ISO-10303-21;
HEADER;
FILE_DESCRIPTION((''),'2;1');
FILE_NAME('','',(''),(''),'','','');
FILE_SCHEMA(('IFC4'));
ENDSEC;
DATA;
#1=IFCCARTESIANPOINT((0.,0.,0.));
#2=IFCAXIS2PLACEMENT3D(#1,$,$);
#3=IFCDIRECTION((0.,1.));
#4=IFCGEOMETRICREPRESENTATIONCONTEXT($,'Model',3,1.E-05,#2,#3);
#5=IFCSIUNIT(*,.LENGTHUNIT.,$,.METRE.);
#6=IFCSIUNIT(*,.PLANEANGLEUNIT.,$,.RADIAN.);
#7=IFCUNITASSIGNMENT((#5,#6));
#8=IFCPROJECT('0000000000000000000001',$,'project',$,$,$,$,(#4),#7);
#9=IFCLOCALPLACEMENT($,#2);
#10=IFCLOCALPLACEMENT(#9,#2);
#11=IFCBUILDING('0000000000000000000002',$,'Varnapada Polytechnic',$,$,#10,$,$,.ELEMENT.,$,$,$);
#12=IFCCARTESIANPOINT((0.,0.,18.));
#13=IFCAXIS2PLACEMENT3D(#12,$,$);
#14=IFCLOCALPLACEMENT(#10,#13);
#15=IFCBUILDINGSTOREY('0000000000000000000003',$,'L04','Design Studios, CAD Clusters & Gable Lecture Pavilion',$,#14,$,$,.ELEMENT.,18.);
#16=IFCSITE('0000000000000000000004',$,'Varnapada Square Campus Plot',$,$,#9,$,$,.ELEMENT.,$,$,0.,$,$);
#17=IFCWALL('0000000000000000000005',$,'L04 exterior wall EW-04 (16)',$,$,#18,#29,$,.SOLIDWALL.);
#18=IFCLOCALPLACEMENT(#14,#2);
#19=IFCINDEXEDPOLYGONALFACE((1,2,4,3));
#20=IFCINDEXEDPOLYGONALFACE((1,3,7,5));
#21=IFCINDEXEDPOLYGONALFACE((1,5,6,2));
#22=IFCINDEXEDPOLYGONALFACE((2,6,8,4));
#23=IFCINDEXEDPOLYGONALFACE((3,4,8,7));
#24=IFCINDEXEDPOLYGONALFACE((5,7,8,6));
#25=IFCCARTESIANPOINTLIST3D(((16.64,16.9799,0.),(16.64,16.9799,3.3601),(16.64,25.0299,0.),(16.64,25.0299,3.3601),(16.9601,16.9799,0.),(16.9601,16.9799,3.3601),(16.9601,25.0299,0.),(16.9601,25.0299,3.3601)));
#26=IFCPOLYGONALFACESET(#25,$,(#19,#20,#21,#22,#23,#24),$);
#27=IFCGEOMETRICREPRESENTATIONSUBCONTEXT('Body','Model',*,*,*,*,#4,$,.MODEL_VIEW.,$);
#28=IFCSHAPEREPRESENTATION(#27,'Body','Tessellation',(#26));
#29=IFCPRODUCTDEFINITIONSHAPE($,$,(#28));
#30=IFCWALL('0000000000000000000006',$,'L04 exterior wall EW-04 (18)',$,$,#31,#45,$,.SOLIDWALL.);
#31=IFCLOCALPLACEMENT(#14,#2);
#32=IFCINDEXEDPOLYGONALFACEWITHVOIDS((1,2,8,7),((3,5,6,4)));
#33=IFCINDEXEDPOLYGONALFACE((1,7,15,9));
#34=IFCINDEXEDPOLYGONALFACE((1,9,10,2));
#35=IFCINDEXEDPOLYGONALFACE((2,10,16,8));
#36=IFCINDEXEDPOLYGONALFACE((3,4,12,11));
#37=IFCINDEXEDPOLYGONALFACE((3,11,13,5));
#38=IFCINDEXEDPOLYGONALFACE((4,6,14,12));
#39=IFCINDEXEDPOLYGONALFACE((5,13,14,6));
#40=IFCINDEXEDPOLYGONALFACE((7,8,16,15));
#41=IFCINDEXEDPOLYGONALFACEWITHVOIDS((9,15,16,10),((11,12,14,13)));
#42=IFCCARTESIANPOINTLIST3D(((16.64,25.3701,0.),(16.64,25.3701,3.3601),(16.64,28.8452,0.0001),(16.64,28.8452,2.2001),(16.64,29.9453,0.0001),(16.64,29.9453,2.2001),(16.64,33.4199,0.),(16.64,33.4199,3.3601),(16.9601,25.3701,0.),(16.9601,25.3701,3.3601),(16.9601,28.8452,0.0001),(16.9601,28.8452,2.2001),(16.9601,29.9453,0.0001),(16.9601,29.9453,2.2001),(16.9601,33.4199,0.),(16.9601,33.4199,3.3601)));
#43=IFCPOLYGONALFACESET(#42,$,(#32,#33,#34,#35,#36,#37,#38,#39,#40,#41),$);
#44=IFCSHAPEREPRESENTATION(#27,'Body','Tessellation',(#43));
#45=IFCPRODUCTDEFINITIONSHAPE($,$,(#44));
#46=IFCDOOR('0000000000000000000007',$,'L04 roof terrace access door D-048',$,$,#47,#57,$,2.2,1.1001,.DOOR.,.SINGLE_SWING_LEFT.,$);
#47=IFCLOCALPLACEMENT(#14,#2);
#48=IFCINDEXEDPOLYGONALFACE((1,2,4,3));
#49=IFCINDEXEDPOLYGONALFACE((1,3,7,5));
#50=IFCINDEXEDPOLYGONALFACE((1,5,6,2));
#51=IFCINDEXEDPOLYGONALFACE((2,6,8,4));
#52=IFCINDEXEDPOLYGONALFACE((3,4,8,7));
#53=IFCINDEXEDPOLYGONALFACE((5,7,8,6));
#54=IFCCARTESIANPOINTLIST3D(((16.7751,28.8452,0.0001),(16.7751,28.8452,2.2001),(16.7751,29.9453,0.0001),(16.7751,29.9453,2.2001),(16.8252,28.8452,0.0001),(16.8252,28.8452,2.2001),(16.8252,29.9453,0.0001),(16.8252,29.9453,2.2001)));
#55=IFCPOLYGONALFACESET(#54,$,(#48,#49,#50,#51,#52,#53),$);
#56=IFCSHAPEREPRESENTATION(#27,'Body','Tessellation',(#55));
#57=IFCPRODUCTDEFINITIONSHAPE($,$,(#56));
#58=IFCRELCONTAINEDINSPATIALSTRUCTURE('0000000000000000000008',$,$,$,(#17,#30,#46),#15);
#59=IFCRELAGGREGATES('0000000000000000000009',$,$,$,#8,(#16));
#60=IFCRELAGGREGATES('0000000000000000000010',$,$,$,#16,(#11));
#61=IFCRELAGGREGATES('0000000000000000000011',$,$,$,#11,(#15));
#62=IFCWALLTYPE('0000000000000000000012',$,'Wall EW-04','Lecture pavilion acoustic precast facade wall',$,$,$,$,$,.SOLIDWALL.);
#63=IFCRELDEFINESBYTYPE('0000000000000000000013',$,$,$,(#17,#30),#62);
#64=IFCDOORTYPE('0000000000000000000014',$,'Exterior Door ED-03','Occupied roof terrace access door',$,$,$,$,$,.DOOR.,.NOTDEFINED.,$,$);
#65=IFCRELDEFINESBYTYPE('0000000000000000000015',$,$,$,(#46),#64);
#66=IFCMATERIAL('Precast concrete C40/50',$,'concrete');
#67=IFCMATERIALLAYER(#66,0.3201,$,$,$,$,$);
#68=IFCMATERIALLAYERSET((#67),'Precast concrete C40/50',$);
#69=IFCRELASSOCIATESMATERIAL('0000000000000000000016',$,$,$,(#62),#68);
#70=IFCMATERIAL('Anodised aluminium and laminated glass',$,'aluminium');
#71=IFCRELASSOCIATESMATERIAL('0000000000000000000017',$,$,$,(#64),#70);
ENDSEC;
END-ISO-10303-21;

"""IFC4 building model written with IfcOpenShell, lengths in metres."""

from ifc_helpers import new_model, si_unit, direction, frame, frame_2d, origin, place, context, subcontext, project, spatial, rectangle, extrude, material, layer, layer_set, type_object, element, fill, save


model = new_model("IFC4")

# Units and contexts
model_context = context("Model", 3, precision=1e-05, world=origin(), true_north=direction((0.0, 1.0)))
body_context = subcontext(model_context, "Body", "Model", "MODEL_VIEW")
ifc_project = project(units=[si_unit("LENGTHUNIT", "METRE"), si_unit("PLANEANGLEUNIT", "RADIAN")], contexts=[model_context])

# Site, building, storey
site_placement = place(None, origin())
site = spatial("IfcSite", under=ifc_project, at=site_placement, Name="Varnapada Square Campus Plot", CompositionType="ELEMENT", RefElevation=0.0)
building_placement = place(site_placement, origin())
building = spatial("IfcBuilding", under=site, at=building_placement, Name="Varnapada Polytechnic", CompositionType="ELEMENT")
storey_placement = place(building_placement, frame((0.0, 0.0, 18.0)))
storey = spatial("IfcBuildingStorey", under=building, at=storey_placement, Name="L04", Description="Design Studios, CAD Clusters & Gable Lecture Pavilion", CompositionType="ELEMENT", Elevation=18.0)

# Wall
ifc_material_1 = material(Name="Precast concrete C40/50", Category="concrete")
ifc_layer_1 = layer(ifc_material_1, 0.3201)
ifc_layer_set_1 = layer_set([ifc_layer_1], Name="Precast concrete C40/50")
wall_type_1 = type_object("IfcWallType", Name="Wall EW-04", Description="Lecture pavilion acoustic precast facade wall", PredefinedType="SOLIDWALL", material=ifc_layer_set_1)
wall_1_placement = place(storey_placement, frame((16.8, 16.98, 0.0), z_axis=(0.0, 0.0, 1.0), x_axis=(0.0, 1.0, 0.0)))
element("IfcWall", 1, at=wall_1_placement, inside=storey, type_object=wall_type_1, Name="L04 exterior wall EW-04 (16)", PredefinedType="SOLIDWALL", context=body_context, shape_type="SweptSolid", body=[
    extrude(rectangle(XDim=8.05, YDim=0.3201, at=frame_2d((4.0249, 0.0))), origin(), (0.0, 0.0, 1.0), 3.3601),
])

# Wall, opening, door
wall_2_placement = place(storey_placement, frame((16.8, 25.3701, 0.0), z_axis=(0.0, 0.0, 1.0), x_axis=(0.0, 1.0, 0.0)))
wall_2 = element("IfcWall", 2, at=wall_2_placement, inside=storey, type_object=wall_type_1, Name="L04 exterior wall EW-04 (18)", PredefinedType="SOLIDWALL", context=body_context, shape_type="SweptSolid", body=[
    extrude(rectangle(XDim=8.0498, YDim=0.3201, at=frame_2d((4.0249, 0.0))), origin(), (0.0, 0.0, 1.0), 3.3601),
])
opening_placement = place(wall_2_placement, frame((3.4751, 0.0, 0.0)))
opening = element("IfcOpeningElement", 3, at=opening_placement, cuts=wall_2, PredefinedType="OPENING", context=body_context, shape_type="SweptSolid", body=[
    extrude(rectangle(XDim=1.1001, YDim=2.2, at=frame_2d((0.55, 1.1001))), frame((0.0, 0.1699, 0.0), z_axis=(0.0, -1.0, 0.0), x_axis=(1.0, 0.0, 0.0)), (0.0, 0.0, 1.0), 0.3401),
])
ifc_material_2 = material(Name="Anodised aluminium and laminated glass", Category="aluminium")
door_type = type_object("IfcDoorType", Name="Exterior Door ED-03", Description="Occupied roof terrace access door", OperationType="NOTDEFINED", PredefinedType="DOOR", material=ifc_material_2)
door_placement = place(opening_placement, origin())
door = element("IfcDoor", 4, at=door_placement, inside=storey, type_object=door_type, Name="L04 roof terrace access door D-048", OperationType="SINGLE_SWING_LEFT", OverallHeight=2.2, OverallWidth=1.1001, PredefinedType="DOOR", context=body_context, shape_type="SweptSolid", body=[
    extrude(rectangle(XDim=1.1001, YDim=2.2, at=frame_2d((0.55, 1.1001))), frame((0.0, 0.0249, 0.0), z_axis=(0.0, -1.0, 0.0), x_axis=(1.0, 0.0, 0.0)), (0.0, 0.0, 1.0), 0.05),
])
fill(opening, door)

save(model, "model.ifc")
